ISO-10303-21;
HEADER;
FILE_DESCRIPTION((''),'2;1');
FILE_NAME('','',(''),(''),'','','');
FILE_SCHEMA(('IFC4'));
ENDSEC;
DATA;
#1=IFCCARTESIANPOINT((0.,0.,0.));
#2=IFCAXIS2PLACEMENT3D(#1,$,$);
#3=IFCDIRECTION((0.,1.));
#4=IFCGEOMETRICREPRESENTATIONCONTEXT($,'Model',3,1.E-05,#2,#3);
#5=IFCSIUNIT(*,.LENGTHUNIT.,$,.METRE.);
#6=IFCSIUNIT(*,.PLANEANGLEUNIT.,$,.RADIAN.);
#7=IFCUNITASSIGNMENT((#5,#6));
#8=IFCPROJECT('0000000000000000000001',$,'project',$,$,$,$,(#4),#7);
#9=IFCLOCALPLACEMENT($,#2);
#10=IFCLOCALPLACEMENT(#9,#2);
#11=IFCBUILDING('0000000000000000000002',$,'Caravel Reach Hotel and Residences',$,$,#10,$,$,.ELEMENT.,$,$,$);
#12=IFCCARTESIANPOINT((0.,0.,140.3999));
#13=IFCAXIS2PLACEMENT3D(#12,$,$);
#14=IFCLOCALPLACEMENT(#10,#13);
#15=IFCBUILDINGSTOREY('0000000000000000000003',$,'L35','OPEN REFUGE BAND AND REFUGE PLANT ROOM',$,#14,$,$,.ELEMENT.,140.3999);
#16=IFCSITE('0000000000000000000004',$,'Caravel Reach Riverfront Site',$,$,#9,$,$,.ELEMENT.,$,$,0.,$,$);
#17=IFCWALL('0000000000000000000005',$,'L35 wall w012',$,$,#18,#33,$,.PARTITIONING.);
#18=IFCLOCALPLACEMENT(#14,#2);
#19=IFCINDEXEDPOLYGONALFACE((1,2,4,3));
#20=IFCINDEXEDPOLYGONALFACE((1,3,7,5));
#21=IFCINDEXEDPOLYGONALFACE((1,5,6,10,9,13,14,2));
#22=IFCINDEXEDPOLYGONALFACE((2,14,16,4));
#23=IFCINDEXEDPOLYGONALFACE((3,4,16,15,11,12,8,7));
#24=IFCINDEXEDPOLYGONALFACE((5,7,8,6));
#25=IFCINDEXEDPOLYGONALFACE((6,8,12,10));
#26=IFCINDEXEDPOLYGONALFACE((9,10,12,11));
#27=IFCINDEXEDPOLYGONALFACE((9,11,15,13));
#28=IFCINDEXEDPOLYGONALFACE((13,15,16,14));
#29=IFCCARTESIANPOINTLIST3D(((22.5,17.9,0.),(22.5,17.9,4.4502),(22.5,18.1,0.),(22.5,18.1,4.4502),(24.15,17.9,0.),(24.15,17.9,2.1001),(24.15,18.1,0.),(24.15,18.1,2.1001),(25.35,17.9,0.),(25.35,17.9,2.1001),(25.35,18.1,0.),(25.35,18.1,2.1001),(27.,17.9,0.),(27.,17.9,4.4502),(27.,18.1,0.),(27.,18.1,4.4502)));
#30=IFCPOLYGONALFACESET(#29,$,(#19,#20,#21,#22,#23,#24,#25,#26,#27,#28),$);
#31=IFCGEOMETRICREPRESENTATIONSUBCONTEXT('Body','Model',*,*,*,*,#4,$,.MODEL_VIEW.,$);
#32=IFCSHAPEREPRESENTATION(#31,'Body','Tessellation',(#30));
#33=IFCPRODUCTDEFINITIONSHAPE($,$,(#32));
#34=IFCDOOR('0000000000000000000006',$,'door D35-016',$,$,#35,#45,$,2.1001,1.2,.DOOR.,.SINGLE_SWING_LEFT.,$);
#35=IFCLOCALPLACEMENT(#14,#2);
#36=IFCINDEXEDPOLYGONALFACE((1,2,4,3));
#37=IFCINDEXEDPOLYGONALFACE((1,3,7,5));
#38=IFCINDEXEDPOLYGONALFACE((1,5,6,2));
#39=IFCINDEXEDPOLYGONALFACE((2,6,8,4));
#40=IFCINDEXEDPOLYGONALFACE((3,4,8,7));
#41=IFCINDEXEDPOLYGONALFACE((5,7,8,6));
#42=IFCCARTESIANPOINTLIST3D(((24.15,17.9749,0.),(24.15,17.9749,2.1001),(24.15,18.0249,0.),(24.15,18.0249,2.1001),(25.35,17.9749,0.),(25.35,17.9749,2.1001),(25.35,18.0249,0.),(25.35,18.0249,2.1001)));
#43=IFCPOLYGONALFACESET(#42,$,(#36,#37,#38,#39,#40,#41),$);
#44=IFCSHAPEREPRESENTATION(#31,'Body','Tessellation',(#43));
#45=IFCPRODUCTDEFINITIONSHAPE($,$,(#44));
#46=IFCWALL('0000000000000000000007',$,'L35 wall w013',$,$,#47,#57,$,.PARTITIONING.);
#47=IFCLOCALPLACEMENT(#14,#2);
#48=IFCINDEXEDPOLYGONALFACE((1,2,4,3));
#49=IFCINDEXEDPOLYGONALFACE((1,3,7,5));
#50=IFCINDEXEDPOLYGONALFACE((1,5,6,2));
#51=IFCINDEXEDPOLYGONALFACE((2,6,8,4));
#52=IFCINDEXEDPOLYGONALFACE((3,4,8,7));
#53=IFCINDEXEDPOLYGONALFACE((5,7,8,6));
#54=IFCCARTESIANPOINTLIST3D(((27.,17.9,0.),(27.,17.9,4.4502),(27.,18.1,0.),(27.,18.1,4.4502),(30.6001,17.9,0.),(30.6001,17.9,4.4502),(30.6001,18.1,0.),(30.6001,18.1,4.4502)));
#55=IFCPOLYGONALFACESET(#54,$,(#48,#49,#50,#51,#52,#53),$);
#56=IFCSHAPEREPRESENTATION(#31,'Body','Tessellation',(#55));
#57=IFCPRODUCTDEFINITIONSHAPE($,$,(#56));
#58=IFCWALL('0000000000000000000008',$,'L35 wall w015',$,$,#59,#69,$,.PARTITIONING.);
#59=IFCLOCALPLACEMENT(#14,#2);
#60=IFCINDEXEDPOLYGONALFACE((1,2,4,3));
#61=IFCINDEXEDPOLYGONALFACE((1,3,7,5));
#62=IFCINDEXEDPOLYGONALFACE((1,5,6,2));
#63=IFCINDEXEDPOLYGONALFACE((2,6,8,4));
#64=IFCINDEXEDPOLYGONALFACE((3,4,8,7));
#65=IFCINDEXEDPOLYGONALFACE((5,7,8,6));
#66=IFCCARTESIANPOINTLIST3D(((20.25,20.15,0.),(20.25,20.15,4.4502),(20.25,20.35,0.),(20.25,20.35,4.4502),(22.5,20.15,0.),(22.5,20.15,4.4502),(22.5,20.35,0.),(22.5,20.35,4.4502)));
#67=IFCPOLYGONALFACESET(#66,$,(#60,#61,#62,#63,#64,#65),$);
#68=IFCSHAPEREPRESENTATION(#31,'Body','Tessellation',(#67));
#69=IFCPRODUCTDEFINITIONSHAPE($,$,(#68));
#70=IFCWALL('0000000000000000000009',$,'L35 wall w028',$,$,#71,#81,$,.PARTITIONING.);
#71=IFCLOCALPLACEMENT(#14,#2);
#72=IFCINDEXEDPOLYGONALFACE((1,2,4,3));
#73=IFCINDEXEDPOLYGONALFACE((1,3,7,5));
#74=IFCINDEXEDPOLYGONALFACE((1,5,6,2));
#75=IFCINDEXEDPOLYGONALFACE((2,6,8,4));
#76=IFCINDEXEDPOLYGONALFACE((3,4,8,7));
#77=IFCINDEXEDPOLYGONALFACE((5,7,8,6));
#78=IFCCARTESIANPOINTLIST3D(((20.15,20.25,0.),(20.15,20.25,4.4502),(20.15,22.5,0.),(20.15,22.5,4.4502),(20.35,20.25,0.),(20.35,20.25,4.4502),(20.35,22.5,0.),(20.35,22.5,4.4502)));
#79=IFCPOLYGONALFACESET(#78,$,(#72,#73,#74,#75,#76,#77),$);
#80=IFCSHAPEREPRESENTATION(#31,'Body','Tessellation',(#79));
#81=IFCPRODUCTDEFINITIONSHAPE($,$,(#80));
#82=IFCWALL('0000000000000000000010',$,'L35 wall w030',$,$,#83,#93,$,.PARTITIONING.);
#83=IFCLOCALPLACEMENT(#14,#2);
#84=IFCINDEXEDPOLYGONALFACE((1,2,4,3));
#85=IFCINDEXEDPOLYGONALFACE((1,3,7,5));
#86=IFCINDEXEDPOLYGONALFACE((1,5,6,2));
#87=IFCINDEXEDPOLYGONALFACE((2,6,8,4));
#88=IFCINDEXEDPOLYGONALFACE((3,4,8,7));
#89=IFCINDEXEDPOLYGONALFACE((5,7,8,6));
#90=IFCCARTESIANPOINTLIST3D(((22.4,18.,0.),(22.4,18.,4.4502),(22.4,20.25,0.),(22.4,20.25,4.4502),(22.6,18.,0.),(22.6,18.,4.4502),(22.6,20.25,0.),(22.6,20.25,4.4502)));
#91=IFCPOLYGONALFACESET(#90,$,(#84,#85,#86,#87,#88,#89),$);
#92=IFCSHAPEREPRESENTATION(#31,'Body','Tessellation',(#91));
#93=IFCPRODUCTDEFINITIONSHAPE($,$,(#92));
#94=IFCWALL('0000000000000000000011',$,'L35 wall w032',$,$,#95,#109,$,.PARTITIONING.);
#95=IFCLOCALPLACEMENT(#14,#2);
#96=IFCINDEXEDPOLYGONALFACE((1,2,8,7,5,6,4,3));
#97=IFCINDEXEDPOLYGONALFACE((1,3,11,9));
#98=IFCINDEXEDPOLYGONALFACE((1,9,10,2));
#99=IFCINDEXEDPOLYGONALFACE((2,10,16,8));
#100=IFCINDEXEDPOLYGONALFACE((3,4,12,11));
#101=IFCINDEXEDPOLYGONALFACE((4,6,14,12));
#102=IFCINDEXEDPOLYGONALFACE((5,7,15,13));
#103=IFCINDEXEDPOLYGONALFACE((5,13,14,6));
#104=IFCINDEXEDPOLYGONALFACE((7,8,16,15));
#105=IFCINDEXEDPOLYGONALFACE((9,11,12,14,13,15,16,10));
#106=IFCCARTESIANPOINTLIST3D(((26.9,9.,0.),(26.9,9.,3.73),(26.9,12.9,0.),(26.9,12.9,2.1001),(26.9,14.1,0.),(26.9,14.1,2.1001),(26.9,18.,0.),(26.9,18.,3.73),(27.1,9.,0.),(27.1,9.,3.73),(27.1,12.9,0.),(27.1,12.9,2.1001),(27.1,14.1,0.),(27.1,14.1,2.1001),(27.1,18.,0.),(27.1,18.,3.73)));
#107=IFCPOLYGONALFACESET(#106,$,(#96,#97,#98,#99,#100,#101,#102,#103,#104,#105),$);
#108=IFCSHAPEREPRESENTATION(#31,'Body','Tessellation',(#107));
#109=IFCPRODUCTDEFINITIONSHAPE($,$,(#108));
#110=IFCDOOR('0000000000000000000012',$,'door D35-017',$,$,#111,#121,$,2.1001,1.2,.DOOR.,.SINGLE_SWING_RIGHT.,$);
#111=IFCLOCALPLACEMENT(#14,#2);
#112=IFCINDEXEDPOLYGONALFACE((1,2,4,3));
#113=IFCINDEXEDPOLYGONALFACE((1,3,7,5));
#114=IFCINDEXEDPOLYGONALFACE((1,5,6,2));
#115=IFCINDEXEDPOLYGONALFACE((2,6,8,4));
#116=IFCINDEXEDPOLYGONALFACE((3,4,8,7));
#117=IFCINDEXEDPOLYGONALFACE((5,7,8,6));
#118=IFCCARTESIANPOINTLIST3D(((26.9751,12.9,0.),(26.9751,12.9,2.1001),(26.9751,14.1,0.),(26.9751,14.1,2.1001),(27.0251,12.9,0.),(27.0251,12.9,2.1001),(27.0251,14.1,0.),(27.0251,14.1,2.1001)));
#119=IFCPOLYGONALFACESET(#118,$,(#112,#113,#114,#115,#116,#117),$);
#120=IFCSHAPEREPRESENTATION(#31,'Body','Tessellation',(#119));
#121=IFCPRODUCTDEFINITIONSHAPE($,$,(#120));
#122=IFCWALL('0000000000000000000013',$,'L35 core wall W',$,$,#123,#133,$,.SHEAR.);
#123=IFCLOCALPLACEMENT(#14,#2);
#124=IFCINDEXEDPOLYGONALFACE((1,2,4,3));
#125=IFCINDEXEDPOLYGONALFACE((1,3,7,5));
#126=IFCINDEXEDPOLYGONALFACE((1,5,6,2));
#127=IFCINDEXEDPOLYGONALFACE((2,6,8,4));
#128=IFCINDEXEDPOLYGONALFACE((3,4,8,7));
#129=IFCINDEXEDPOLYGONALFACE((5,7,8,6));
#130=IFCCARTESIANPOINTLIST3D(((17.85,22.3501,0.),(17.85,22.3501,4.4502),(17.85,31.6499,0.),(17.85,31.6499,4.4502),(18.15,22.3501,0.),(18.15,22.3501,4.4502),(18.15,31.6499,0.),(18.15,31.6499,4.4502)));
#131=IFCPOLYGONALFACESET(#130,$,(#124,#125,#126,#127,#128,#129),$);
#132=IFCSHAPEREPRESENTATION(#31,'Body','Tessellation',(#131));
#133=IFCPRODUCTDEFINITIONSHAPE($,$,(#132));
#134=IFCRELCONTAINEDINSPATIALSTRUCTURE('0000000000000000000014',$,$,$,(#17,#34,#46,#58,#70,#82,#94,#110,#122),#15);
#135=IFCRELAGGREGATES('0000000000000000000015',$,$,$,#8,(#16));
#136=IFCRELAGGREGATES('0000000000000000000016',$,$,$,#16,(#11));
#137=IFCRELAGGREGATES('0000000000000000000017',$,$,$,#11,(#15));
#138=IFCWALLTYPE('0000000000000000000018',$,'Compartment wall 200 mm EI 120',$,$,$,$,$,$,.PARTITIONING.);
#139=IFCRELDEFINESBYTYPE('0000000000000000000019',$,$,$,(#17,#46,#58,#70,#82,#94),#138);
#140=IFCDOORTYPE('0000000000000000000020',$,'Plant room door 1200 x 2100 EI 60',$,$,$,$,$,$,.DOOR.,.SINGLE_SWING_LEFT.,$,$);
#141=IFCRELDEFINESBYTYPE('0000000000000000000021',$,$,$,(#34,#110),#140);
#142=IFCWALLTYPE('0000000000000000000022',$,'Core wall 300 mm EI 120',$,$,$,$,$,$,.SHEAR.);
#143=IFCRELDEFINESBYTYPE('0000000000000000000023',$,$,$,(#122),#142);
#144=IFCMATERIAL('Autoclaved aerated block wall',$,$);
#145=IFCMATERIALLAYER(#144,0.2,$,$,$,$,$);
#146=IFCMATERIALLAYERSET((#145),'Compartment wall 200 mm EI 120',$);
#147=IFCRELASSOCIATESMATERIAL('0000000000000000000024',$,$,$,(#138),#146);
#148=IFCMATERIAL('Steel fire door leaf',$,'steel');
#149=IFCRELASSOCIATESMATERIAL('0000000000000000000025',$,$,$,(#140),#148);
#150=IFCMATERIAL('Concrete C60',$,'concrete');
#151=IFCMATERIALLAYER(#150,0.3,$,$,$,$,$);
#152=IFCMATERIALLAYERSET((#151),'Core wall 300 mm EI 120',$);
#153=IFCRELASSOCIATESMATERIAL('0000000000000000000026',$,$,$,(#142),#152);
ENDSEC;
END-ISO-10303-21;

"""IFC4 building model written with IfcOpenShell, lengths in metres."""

from ifc_helpers import new_model, si_unit, direction, frame, frame_2d, origin, place, context, subcontext, project, spatial, rectangle, extrude, material, layer, layer_set, type_object, element, fill, save


model = new_model("IFC4")

# Units and contexts
model_context = context("Model", 3, precision=1e-05, world=origin(), true_north=direction((0.0, 1.0)))
body_context = subcontext(model_context, "Body", "Model", "MODEL_VIEW")
ifc_project = project(units=[si_unit("LENGTHUNIT", "METRE"), si_unit("PLANEANGLEUNIT", "RADIAN")], contexts=[model_context])

# Site, building, storey
site_placement = place(None, origin())
site = spatial("IfcSite", under=ifc_project, at=site_placement, Name="Caravel Reach Riverfront Site", CompositionType="ELEMENT", RefElevation=0.0)
building_placement = place(site_placement, origin())
building = spatial("IfcBuilding", under=site, at=building_placement, Name="Caravel Reach Hotel and Residences", CompositionType="ELEMENT")
storey_placement = place(building_placement, frame((0.0, 0.0, 140.3999)))
storey = spatial("IfcBuildingStorey", under=building, at=storey_placement, Name="L35", Description="OPEN REFUGE BAND AND REFUGE PLANT ROOM", CompositionType="ELEMENT", Elevation=140.3999)

# Wall, opening, door
ifc_material_1 = material(Name="Autoclaved aerated block wall")
ifc_layer_1 = layer(ifc_material_1, 0.2)
ifc_layer_set_1 = layer_set([ifc_layer_1], Name="Compartment wall 200 mm EI 120")
wall_type_1 = type_object("IfcWallType", Name="Compartment wall 200 mm EI 120", PredefinedType="PARTITIONING", material=ifc_layer_set_1)
wall_1_placement = place(storey_placement, frame((22.5, 18.0, 0.0), z_axis=(0.0, 0.0, 1.0), x_axis=(1.0, 0.0, 0.0)))
wall_1 = element("IfcWall", 1, at=wall_1_placement, inside=storey, type_object=wall_type_1, Name="L35 wall w012", PredefinedType="PARTITIONING", context=body_context, shape_type="SweptSolid", body=[
    extrude(rectangle(XDim=4.5, YDim=0.2, at=frame_2d((2.25, 0.0))), origin(), (0.0, 0.0, 1.0), 4.4502),
])
opening_1_placement = place(wall_1_placement, frame((1.6499, 0.0, 0.0)))
opening_1 = element("IfcOpeningElement", 2, at=opening_1_placement, cuts=wall_1, PredefinedType="OPENING", context=body_context, shape_type="SweptSolid", body=[
    extrude(rectangle(XDim=1.2, YDim=2.1001, at=frame_2d((0.6001, 1.05))), frame((0.0, 0.1099, 0.0), z_axis=(0.0, -1.0, 0.0), x_axis=(1.0, 0.0, 0.0)), (0.0, 0.0, 1.0), 0.22),
])
ifc_material_2 = material(Name="Steel fire door leaf", Category="steel")
door_type = type_object("IfcDoorType", Name="Plant room door 1200 x 2100 EI 60", OperationType="SINGLE_SWING_LEFT", PredefinedType="DOOR", material=ifc_material_2)
door_1_placement = place(opening_1_placement, origin())
door_1 = element("IfcDoor", 3, at=door_1_placement, inside=storey, type_object=door_type, Name="door D35-016", OperationType="SINGLE_SWING_LEFT", OverallHeight=2.1001, OverallWidth=1.2, PredefinedType="DOOR", context=body_context, shape_type="SweptSolid", body=[
    extrude(rectangle(XDim=1.2, YDim=2.1001, at=frame_2d((0.6001, 1.05))), frame((0.0, 0.0249, 0.0), z_axis=(0.0, -1.0, 0.0), x_axis=(1.0, 0.0, 0.0)), (0.0, 0.0, 1.0), 0.05),
])
fill(opening_1, door_1)

# Walls
wall_2_placement = place(storey_placement, frame((27.0, 18.0, 0.0), z_axis=(0.0, 0.0, 1.0), x_axis=(1.0, 0.0, 0.0)))
element("IfcWall", 4, at=wall_2_placement, inside=storey, type_object=wall_type_1, Name="L35 wall w013", PredefinedType="PARTITIONING", context=body_context, shape_type="SweptSolid", body=[
    extrude(rectangle(XDim=3.6001, YDim=0.2, at=frame_2d((1.8, 0.0))), origin(), (0.0, 0.0, 1.0), 4.4502),
])
for number, where, z_axis, x_axis, name in (
    (5, (20.25, 20.25, 0.0), (0.0, 0.0, 1.0), (1.0, 0.0, 0.0), "L35 wall w015"),
    (6, (20.25, 20.25, 0.0), (0.0, 0.0, 1.0), (0.0, 1.0, 0.0), "L35 wall w028"),
    (7, (22.5, 18.0, 0.0), (0.0, 0.0, 1.0), (0.0, 1.0, 0.0), "L35 wall w030"),
):
    element("IfcWall", number, at=place(storey_placement, frame(where, z_axis=z_axis, x_axis=x_axis)), inside=storey, type_object=wall_type_1, Name=name, PredefinedType="PARTITIONING", context=body_context, shape_type="SweptSolid", body=[
        extrude(rectangle(XDim=2.25, YDim=0.2, at=frame_2d((1.125, 0.0))), origin(), (0.0, 0.0, 1.0), 4.4502),
    ])

# Wall, opening, door
wall_3_placement = place(storey_placement, frame((27.0, 9.0, 0.0), z_axis=(0.0, 0.0, 1.0), x_axis=(0.0, 1.0, 0.0)))
wall_3 = element("IfcWall", 8, at=wall_3_placement, inside=storey, type_object=wall_type_1, Name="L35 wall w032", PredefinedType="PARTITIONING", context=body_context, shape_type="SweptSolid", body=[
    extrude(rectangle(XDim=9.0, YDim=0.2, at=frame_2d((4.5, 0.0))), origin(), (0.0, 0.0, 1.0), 3.73),
])
opening_2_placement = place(wall_3_placement, frame((3.8999, 0.0, 0.0)))
opening_2 = element("IfcOpeningElement", 9, at=opening_2_placement, cuts=wall_3, PredefinedType="OPENING", context=body_context, shape_type="SweptSolid", body=[
    extrude(rectangle(XDim=1.2, YDim=2.1001, at=frame_2d((0.6001, 1.05))), frame((0.0, 0.1099, 0.0), z_axis=(0.0, -1.0, 0.0), x_axis=(1.0, 0.0, 0.0)), (0.0, 0.0, 1.0), 0.22),
])
door_2_placement = place(opening_2_placement, origin())
door_2 = element("IfcDoor", 10, at=door_2_placement, inside=storey, type_object=door_type, Name="door D35-017", OperationType="SINGLE_SWING_RIGHT", OverallHeight=2.1001, OverallWidth=1.2, PredefinedType="DOOR", context=body_context, shape_type="SweptSolid", body=[
    extrude(rectangle(XDim=1.2, YDim=2.1001, at=frame_2d((0.6001, 1.05))), frame((0.0, 0.0249, 0.0), z_axis=(0.0, -1.0, 0.0), x_axis=(1.0, 0.0, 0.0)), (0.0, 0.0, 1.0), 0.05),
])
fill(opening_2, door_2)

# Wall
ifc_material_3 = material(Name="Concrete C60", Category="concrete")
ifc_layer_2 = layer(ifc_material_3, 0.3)
ifc_layer_set_2 = layer_set([ifc_layer_2], Name="Core wall 300 mm EI 120")
wall_type_2 = type_object("IfcWallType", Name="Core wall 300 mm EI 120", PredefinedType="SHEAR", material=ifc_layer_set_2)
wall_4_placement = place(storey_placement, frame((18.0, 22.3501, 0.0), z_axis=(0.0, 0.0, 1.0), x_axis=(0.0, 1.0, 0.0)))
element("IfcWall", 11, at=wall_4_placement, inside=storey, type_object=wall_type_2, Name="L35 core wall W", PredefinedType="SHEAR", context=body_context, shape_type="SweptSolid", body=[
    extrude(rectangle(XDim=9.2998, YDim=0.3, at=frame_2d((4.6499, 0.0))), origin(), (0.0, 0.0, 1.0), 4.4502),
])

save(model, "model.ifc")
